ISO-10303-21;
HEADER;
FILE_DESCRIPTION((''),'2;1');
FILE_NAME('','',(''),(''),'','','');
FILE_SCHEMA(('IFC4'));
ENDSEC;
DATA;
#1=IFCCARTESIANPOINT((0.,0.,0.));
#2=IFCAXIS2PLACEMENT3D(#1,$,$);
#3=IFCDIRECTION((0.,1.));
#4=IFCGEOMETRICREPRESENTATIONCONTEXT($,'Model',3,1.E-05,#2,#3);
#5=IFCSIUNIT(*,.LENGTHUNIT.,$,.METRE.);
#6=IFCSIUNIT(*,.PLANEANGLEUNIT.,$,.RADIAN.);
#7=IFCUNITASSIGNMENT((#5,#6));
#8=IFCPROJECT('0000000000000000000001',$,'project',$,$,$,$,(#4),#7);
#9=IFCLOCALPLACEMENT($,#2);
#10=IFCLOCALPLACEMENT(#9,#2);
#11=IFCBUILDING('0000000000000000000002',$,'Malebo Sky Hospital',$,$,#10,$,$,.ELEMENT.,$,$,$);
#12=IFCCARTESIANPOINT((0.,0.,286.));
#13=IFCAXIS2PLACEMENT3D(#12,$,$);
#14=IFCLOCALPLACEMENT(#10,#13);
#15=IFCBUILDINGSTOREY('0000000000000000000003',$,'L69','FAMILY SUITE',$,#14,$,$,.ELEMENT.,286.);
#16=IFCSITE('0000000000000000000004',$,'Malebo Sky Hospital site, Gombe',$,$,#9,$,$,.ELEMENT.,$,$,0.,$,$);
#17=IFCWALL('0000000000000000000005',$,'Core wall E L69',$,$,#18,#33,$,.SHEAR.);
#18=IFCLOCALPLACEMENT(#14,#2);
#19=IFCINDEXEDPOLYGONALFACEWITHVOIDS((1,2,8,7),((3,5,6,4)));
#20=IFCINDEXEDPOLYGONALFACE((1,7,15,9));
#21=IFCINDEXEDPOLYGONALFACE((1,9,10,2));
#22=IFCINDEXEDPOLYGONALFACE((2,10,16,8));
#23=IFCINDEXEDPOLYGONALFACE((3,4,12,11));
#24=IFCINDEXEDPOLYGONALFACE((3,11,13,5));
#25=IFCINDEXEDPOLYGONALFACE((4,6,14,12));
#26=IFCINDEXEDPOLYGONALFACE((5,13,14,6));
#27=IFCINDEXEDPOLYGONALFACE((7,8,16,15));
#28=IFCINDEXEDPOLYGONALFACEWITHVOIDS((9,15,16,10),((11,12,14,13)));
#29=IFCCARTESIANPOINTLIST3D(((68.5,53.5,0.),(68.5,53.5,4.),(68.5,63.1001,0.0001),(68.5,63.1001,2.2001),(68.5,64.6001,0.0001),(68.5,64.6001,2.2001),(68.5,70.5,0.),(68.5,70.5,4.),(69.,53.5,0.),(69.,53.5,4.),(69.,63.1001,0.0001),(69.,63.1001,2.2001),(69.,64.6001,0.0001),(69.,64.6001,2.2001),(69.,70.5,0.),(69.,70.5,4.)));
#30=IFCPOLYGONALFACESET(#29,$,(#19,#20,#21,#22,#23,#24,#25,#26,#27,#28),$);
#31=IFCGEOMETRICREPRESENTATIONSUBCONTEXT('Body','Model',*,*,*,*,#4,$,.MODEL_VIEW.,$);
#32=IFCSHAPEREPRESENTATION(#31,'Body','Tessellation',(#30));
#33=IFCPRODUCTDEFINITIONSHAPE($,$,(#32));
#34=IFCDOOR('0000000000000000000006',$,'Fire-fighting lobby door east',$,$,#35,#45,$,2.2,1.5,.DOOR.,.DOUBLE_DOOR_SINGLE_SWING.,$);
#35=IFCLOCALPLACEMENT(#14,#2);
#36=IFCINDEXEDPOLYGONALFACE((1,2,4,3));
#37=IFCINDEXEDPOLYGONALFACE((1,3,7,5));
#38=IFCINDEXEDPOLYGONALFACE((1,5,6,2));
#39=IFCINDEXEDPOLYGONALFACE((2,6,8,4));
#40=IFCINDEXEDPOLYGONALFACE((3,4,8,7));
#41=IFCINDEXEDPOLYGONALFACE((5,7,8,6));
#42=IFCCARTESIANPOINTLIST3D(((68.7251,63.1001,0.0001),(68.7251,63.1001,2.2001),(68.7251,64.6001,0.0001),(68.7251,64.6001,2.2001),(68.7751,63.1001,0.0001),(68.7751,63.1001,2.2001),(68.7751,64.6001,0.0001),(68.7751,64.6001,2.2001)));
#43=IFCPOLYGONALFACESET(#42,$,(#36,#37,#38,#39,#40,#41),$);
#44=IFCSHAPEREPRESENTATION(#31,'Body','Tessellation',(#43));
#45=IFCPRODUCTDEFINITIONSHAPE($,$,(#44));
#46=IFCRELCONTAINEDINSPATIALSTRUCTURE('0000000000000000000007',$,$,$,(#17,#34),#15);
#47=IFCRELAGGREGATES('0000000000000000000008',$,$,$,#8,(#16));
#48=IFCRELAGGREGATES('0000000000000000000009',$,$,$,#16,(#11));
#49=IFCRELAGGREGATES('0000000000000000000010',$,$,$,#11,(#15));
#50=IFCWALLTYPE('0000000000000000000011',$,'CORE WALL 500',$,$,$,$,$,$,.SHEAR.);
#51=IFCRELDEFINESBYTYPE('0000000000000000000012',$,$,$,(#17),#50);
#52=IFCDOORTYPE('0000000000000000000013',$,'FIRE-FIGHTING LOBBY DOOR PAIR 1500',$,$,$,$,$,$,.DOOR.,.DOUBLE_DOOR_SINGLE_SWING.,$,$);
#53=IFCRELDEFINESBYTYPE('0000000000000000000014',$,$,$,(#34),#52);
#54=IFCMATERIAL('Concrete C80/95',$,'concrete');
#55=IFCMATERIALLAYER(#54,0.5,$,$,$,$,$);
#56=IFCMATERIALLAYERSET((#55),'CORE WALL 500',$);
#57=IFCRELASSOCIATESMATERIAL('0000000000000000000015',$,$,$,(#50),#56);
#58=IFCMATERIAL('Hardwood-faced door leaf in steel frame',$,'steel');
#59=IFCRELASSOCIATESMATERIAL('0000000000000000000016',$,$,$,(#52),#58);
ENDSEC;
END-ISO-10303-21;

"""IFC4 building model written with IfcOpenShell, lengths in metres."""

from ifc_helpers import new_model, si_unit, direction, frame, frame_2d, origin, place, context, subcontext, project, spatial, rectangle, extrude, material, layer, layer_set, type_object, element, fill, save


model = new_model("IFC4")

# Units and contexts
model_context = context("Model", 3, precision=1e-05, world=origin(), true_north=direction((0.0, 1.0)))
body_context = subcontext(model_context, "Body", "Model", "MODEL_VIEW")
ifc_project = project(units=[si_unit("LENGTHUNIT", "METRE"), si_unit("PLANEANGLEUNIT", "RADIAN")], contexts=[model_context])

# Site, building, storey
site_placement = place(None, origin())
site = spatial("IfcSite", under=ifc_project, at=site_placement, Name="Malebo Sky Hospital site, Gombe", CompositionType="ELEMENT", RefElevation=0.0)
building_placement = place(site_placement, origin())
building = spatial("IfcBuilding", under=site, at=building_placement, Name="Malebo Sky Hospital", CompositionType="ELEMENT")
storey_placement = place(building_placement, frame((0.0, 0.0, 286.0)))
storey = spatial("IfcBuildingStorey", under=building, at=storey_placement, Name="L69", Description="FAMILY SUITE", CompositionType="ELEMENT", Elevation=286.0)

# Wall, opening, door
ifc_material_1 = material(Name="Concrete C80/95", Category="concrete")
ifc_layer_1 = layer(ifc_material_1, 0.5)
ifc_layer_set_1 = layer_set([ifc_layer_1], Name="CORE WALL 500")
wall_type = type_object("IfcWallType", Name="CORE WALL 500", PredefinedType="SHEAR", material=ifc_layer_set_1)
wall_placement = place(storey_placement, frame((68.75, 53.5, 0.0), z_axis=(0.0, 0.0, 1.0), x_axis=(0.0, 1.0, 0.0)))
wall = element("IfcWall", 1, at=wall_placement, inside=storey, type_object=wall_type, Name="Core wall E L69", PredefinedType="SHEAR", context=body_context, shape_type="SweptSolid", body=[
    extrude(rectangle(XDim=17.0, YDim=0.5, at=frame_2d((8.5, 0.0))), origin(), (0.0, 0.0, 1.0), 4.0),
])
opening_placement = place(wall_placement, frame((9.6001, 0.0, 0.0)))
opening = element("IfcOpeningElement", 2, at=opening_placement, cuts=wall, PredefinedType="OPENING", context=body_context, shape_type="SweptSolid", body=[
    extrude(rectangle(XDim=1.5, YDim=2.2, at=frame_2d((0.75, 1.1001))), frame((0.0, 0.26, 0.0), z_axis=(0.0, -1.0, 0.0), x_axis=(1.0, 0.0, 0.0)), (0.0, 0.0, 1.0), 0.52),
])
ifc_material_2 = material(Name="Hardwood-faced door leaf in steel frame", Category="steel")
door_type = type_object("IfcDoorType", Name="FIRE-FIGHTING LOBBY DOOR PAIR 1500", OperationType="DOUBLE_DOOR_SINGLE_SWING", PredefinedType="DOOR", material=ifc_material_2)
door_placement = place(opening_placement, origin())
door = element("IfcDoor", 3, at=door_placement, inside=storey, type_object=door_type, Name="Fire-fighting lobby door east", OperationType="DOUBLE_DOOR_SINGLE_SWING", OverallHeight=2.2, OverallWidth=1.5, PredefinedType="DOOR", context=body_context, shape_type="SweptSolid", body=[
    extrude(rectangle(XDim=1.5, YDim=2.2, at=frame_2d((0.75, 1.1001))), frame((0.0, 0.0249, 0.0), z_axis=(0.0, -1.0, 0.0), x_axis=(1.0, 0.0, 0.0)), (0.0, 0.0, 1.0), 0.05),
])
fill(opening, door)

save(model, "model.ifc")
